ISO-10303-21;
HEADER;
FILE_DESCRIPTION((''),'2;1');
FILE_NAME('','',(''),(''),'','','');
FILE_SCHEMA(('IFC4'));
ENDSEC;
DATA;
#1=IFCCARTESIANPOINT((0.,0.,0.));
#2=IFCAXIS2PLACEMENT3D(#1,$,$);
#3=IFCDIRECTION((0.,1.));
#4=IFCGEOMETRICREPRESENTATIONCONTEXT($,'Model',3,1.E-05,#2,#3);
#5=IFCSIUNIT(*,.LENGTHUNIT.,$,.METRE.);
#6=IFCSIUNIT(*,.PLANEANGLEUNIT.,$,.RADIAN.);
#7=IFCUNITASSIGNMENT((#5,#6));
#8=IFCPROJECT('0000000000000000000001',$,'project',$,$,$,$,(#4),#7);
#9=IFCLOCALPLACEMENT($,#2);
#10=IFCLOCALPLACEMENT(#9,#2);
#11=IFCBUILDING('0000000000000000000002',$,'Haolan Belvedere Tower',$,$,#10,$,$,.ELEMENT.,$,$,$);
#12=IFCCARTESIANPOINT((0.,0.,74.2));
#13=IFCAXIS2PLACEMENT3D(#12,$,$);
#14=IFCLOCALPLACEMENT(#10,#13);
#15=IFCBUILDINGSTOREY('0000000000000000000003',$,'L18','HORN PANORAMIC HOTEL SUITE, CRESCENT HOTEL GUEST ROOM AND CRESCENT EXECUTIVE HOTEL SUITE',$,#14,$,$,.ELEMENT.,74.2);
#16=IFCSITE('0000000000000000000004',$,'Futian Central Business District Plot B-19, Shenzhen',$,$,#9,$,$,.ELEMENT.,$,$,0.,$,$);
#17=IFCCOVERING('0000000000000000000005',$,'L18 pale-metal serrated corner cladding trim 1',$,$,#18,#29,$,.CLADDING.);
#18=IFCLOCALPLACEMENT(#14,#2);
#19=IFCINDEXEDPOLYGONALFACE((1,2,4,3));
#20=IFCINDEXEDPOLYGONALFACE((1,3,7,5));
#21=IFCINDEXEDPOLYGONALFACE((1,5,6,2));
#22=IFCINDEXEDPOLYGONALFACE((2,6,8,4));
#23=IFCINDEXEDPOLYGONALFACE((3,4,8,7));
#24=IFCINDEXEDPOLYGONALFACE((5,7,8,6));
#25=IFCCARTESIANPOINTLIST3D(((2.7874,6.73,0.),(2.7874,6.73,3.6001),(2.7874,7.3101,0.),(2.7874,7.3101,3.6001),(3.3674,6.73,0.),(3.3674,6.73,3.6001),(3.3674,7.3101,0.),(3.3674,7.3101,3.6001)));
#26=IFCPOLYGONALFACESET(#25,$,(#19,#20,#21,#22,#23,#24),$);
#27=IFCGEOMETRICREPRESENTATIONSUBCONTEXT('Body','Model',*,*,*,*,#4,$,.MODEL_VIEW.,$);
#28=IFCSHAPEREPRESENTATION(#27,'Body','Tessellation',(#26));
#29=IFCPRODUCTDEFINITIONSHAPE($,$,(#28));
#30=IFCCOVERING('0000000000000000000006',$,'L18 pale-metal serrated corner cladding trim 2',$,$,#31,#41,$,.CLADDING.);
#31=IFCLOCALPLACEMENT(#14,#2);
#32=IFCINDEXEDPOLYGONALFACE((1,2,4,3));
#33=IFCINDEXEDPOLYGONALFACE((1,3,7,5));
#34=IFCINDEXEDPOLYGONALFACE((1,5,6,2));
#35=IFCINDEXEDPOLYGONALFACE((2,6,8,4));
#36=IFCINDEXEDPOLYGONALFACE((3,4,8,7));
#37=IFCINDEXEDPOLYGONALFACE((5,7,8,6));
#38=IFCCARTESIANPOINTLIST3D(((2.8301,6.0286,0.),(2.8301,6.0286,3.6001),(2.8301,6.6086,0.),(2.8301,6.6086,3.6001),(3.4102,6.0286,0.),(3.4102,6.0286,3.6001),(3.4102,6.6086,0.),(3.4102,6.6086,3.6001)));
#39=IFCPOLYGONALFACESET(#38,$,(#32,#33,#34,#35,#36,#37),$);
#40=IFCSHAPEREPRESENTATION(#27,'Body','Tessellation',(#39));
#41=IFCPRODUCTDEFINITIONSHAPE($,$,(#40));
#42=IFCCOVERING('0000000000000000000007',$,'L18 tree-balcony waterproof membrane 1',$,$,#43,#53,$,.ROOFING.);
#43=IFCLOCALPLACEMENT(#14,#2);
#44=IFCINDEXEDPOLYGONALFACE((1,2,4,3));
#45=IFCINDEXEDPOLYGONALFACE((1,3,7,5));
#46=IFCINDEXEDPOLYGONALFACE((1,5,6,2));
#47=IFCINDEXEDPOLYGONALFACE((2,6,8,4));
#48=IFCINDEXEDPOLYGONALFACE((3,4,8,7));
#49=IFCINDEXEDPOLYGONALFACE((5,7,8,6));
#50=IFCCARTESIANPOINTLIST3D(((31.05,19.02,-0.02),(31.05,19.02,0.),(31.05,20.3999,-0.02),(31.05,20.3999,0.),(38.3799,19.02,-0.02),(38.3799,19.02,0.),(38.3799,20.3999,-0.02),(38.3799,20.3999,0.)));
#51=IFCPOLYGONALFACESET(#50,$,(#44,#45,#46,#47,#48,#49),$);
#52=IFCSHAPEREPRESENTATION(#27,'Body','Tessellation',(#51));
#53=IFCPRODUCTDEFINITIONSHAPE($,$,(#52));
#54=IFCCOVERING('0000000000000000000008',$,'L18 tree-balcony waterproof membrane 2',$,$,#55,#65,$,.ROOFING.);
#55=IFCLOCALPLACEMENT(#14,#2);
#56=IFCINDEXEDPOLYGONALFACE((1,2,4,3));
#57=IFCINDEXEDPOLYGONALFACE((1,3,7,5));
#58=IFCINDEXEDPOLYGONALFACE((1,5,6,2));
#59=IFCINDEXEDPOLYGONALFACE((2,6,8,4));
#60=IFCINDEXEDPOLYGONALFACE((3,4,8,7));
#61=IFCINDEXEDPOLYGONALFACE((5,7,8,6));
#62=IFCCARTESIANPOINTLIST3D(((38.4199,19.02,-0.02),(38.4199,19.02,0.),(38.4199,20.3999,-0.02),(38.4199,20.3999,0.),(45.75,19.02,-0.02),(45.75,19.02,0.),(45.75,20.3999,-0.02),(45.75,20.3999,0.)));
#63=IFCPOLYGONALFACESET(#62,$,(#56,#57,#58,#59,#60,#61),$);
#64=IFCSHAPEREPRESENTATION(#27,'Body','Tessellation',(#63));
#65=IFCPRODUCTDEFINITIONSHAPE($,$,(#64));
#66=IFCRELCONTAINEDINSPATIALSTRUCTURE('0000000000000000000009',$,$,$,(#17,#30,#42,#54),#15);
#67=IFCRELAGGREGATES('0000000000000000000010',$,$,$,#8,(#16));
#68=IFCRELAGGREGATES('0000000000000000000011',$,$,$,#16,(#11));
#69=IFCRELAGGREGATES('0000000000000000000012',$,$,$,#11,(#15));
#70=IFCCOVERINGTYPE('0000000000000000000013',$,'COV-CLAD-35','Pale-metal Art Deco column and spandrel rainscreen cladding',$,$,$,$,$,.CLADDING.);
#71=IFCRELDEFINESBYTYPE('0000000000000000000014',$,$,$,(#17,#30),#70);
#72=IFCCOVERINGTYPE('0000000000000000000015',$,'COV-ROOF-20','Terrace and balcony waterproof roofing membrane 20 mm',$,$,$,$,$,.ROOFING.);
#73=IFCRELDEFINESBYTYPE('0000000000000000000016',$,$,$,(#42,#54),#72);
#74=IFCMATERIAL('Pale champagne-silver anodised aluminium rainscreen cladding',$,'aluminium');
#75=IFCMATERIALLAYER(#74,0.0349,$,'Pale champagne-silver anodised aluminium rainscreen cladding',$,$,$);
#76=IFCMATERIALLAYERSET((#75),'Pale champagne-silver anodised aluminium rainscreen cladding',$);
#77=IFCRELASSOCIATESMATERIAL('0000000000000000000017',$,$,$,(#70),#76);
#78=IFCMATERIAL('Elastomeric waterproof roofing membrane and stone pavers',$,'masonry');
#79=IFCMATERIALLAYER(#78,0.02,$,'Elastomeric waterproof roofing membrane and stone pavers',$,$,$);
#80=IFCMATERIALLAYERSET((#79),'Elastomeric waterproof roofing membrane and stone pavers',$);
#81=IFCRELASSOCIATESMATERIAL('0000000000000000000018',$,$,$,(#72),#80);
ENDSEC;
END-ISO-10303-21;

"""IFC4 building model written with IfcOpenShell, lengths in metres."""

from ifc_helpers import new_model, si_unit, direction, frame, origin, origin_2d, place, context, subcontext, project, spatial, polyline, rectangle, outline, extrude, material, layer, layer_set, type_object, element, save


model = new_model("IFC4")

# Units and contexts
model_context = context("Model", 3, precision=1e-05, world=origin(), true_north=direction((0.0, 1.0)))
body_context = subcontext(model_context, "Body", "Model", "MODEL_VIEW")
ifc_project = project(units=[si_unit("LENGTHUNIT", "METRE"), si_unit("PLANEANGLEUNIT", "RADIAN")], contexts=[model_context])

# Site, building, storey
site_placement = place(None, origin())
site = spatial("IfcSite", under=ifc_project, at=site_placement, Name="Futian Central Business District Plot B-19, Shenzhen", CompositionType="ELEMENT", RefElevation=0.0)
building_placement = place(site_placement, origin())
building = spatial("IfcBuilding", under=site, at=building_placement, Name="Haolan Belvedere Tower", CompositionType="ELEMENT")
storey_placement = place(building_placement, frame((0.0, 0.0, 74.2)))
storey = spatial("IfcBuildingStorey", under=building, at=storey_placement, Name="L18", Description="HORN PANORAMIC HOTEL SUITE, CRESCENT HOTEL GUEST ROOM AND CRESCENT EXECUTIVE HOTEL SUITE", CompositionType="ELEMENT", Elevation=74.2)

# Coverings
ifc_material_1 = material(Name="Pale champagne-silver anodised aluminium rainscreen cladding", Category="aluminium")
ifc_layer_1 = layer(ifc_material_1, 0.0349, Name="Pale champagne-silver anodised aluminium rainscreen cladding")
ifc_layer_set_1 = layer_set([ifc_layer_1], Name="Pale champagne-silver anodised aluminium rainscreen cladding")
covering_type_1 = type_object("IfcCoveringType", Name="COV-CLAD-35", Description="Pale-metal Art Deco column and spandrel rainscreen cladding", PredefinedType="CLADDING", material=ifc_layer_set_1)
for number, where, z_axis, x_axis, name in (
    (1, (3.0774, 7.02, 0.0), (0.0, 0.0, 1.0), (1.0, 0.0, 0.0), "L18 pale-metal serrated corner cladding trim 1"),
    (2, (3.1201, 6.3186, 0.0), (0.0, 0.0, 1.0), (1.0, 0.0, 0.0), "L18 pale-metal serrated corner cladding trim 2"),
):
    element("IfcCovering", number, at=place(storey_placement, frame(where, z_axis=z_axis, x_axis=x_axis)), inside=storey, type_object=covering_type_1, Name=name, PredefinedType="CLADDING", context=body_context, shape_type="SweptSolid", body=[
        extrude(rectangle(XDim=0.5801, YDim=0.5801, at=origin_2d()), origin(), (0.0, 0.0, 1.0), 3.6001),
    ])
ifc_material_2 = material(Name="Elastomeric waterproof roofing membrane and stone pavers", Category="masonry")
ifc_layer_2 = layer(ifc_material_2, 0.02, Name="Elastomeric waterproof roofing membrane and stone pavers")
ifc_layer_set_2 = layer_set([ifc_layer_2], Name="Elastomeric waterproof roofing membrane and stone pavers")
covering_type_2 = type_object("IfcCoveringType", Name="COV-ROOF-20", Description="Terrace and balcony waterproof roofing membrane 20 mm", PredefinedType="ROOFING", material=ifc_layer_set_2)
covering_1_placement = place(storey_placement, frame((0.0, 0.0, -0.02)))
element("IfcCovering", 3, at=covering_1_placement, inside=storey, type_object=covering_type_2, Name="L18 tree-balcony waterproof membrane 1", PredefinedType="ROOFING", context=body_context, shape_type="SweptSolid", body=[
    extrude(outline(polyline([(31.05, 19.02), (38.3799, 19.02), (38.3799, 20.3999), (31.05, 20.3999), (31.05, 19.02)])), origin(), (0.0, 0.0, 1.0), 0.02),
])
covering_2_placement = place(storey_placement, frame((0.0, 0.0, -0.02)))
element("IfcCovering", 4, at=covering_2_placement, inside=storey, type_object=covering_type_2, Name="L18 tree-balcony waterproof membrane 2", PredefinedType="ROOFING", context=body_context, shape_type="SweptSolid", body=[
    extrude(outline(polyline([(38.4199, 19.02), (45.75, 19.02), (45.75, 20.3999), (38.4199, 20.3999), (38.4199, 19.02)])), origin(), (0.0, 0.0, 1.0), 0.02),
])

save(model, "model.ifc")
